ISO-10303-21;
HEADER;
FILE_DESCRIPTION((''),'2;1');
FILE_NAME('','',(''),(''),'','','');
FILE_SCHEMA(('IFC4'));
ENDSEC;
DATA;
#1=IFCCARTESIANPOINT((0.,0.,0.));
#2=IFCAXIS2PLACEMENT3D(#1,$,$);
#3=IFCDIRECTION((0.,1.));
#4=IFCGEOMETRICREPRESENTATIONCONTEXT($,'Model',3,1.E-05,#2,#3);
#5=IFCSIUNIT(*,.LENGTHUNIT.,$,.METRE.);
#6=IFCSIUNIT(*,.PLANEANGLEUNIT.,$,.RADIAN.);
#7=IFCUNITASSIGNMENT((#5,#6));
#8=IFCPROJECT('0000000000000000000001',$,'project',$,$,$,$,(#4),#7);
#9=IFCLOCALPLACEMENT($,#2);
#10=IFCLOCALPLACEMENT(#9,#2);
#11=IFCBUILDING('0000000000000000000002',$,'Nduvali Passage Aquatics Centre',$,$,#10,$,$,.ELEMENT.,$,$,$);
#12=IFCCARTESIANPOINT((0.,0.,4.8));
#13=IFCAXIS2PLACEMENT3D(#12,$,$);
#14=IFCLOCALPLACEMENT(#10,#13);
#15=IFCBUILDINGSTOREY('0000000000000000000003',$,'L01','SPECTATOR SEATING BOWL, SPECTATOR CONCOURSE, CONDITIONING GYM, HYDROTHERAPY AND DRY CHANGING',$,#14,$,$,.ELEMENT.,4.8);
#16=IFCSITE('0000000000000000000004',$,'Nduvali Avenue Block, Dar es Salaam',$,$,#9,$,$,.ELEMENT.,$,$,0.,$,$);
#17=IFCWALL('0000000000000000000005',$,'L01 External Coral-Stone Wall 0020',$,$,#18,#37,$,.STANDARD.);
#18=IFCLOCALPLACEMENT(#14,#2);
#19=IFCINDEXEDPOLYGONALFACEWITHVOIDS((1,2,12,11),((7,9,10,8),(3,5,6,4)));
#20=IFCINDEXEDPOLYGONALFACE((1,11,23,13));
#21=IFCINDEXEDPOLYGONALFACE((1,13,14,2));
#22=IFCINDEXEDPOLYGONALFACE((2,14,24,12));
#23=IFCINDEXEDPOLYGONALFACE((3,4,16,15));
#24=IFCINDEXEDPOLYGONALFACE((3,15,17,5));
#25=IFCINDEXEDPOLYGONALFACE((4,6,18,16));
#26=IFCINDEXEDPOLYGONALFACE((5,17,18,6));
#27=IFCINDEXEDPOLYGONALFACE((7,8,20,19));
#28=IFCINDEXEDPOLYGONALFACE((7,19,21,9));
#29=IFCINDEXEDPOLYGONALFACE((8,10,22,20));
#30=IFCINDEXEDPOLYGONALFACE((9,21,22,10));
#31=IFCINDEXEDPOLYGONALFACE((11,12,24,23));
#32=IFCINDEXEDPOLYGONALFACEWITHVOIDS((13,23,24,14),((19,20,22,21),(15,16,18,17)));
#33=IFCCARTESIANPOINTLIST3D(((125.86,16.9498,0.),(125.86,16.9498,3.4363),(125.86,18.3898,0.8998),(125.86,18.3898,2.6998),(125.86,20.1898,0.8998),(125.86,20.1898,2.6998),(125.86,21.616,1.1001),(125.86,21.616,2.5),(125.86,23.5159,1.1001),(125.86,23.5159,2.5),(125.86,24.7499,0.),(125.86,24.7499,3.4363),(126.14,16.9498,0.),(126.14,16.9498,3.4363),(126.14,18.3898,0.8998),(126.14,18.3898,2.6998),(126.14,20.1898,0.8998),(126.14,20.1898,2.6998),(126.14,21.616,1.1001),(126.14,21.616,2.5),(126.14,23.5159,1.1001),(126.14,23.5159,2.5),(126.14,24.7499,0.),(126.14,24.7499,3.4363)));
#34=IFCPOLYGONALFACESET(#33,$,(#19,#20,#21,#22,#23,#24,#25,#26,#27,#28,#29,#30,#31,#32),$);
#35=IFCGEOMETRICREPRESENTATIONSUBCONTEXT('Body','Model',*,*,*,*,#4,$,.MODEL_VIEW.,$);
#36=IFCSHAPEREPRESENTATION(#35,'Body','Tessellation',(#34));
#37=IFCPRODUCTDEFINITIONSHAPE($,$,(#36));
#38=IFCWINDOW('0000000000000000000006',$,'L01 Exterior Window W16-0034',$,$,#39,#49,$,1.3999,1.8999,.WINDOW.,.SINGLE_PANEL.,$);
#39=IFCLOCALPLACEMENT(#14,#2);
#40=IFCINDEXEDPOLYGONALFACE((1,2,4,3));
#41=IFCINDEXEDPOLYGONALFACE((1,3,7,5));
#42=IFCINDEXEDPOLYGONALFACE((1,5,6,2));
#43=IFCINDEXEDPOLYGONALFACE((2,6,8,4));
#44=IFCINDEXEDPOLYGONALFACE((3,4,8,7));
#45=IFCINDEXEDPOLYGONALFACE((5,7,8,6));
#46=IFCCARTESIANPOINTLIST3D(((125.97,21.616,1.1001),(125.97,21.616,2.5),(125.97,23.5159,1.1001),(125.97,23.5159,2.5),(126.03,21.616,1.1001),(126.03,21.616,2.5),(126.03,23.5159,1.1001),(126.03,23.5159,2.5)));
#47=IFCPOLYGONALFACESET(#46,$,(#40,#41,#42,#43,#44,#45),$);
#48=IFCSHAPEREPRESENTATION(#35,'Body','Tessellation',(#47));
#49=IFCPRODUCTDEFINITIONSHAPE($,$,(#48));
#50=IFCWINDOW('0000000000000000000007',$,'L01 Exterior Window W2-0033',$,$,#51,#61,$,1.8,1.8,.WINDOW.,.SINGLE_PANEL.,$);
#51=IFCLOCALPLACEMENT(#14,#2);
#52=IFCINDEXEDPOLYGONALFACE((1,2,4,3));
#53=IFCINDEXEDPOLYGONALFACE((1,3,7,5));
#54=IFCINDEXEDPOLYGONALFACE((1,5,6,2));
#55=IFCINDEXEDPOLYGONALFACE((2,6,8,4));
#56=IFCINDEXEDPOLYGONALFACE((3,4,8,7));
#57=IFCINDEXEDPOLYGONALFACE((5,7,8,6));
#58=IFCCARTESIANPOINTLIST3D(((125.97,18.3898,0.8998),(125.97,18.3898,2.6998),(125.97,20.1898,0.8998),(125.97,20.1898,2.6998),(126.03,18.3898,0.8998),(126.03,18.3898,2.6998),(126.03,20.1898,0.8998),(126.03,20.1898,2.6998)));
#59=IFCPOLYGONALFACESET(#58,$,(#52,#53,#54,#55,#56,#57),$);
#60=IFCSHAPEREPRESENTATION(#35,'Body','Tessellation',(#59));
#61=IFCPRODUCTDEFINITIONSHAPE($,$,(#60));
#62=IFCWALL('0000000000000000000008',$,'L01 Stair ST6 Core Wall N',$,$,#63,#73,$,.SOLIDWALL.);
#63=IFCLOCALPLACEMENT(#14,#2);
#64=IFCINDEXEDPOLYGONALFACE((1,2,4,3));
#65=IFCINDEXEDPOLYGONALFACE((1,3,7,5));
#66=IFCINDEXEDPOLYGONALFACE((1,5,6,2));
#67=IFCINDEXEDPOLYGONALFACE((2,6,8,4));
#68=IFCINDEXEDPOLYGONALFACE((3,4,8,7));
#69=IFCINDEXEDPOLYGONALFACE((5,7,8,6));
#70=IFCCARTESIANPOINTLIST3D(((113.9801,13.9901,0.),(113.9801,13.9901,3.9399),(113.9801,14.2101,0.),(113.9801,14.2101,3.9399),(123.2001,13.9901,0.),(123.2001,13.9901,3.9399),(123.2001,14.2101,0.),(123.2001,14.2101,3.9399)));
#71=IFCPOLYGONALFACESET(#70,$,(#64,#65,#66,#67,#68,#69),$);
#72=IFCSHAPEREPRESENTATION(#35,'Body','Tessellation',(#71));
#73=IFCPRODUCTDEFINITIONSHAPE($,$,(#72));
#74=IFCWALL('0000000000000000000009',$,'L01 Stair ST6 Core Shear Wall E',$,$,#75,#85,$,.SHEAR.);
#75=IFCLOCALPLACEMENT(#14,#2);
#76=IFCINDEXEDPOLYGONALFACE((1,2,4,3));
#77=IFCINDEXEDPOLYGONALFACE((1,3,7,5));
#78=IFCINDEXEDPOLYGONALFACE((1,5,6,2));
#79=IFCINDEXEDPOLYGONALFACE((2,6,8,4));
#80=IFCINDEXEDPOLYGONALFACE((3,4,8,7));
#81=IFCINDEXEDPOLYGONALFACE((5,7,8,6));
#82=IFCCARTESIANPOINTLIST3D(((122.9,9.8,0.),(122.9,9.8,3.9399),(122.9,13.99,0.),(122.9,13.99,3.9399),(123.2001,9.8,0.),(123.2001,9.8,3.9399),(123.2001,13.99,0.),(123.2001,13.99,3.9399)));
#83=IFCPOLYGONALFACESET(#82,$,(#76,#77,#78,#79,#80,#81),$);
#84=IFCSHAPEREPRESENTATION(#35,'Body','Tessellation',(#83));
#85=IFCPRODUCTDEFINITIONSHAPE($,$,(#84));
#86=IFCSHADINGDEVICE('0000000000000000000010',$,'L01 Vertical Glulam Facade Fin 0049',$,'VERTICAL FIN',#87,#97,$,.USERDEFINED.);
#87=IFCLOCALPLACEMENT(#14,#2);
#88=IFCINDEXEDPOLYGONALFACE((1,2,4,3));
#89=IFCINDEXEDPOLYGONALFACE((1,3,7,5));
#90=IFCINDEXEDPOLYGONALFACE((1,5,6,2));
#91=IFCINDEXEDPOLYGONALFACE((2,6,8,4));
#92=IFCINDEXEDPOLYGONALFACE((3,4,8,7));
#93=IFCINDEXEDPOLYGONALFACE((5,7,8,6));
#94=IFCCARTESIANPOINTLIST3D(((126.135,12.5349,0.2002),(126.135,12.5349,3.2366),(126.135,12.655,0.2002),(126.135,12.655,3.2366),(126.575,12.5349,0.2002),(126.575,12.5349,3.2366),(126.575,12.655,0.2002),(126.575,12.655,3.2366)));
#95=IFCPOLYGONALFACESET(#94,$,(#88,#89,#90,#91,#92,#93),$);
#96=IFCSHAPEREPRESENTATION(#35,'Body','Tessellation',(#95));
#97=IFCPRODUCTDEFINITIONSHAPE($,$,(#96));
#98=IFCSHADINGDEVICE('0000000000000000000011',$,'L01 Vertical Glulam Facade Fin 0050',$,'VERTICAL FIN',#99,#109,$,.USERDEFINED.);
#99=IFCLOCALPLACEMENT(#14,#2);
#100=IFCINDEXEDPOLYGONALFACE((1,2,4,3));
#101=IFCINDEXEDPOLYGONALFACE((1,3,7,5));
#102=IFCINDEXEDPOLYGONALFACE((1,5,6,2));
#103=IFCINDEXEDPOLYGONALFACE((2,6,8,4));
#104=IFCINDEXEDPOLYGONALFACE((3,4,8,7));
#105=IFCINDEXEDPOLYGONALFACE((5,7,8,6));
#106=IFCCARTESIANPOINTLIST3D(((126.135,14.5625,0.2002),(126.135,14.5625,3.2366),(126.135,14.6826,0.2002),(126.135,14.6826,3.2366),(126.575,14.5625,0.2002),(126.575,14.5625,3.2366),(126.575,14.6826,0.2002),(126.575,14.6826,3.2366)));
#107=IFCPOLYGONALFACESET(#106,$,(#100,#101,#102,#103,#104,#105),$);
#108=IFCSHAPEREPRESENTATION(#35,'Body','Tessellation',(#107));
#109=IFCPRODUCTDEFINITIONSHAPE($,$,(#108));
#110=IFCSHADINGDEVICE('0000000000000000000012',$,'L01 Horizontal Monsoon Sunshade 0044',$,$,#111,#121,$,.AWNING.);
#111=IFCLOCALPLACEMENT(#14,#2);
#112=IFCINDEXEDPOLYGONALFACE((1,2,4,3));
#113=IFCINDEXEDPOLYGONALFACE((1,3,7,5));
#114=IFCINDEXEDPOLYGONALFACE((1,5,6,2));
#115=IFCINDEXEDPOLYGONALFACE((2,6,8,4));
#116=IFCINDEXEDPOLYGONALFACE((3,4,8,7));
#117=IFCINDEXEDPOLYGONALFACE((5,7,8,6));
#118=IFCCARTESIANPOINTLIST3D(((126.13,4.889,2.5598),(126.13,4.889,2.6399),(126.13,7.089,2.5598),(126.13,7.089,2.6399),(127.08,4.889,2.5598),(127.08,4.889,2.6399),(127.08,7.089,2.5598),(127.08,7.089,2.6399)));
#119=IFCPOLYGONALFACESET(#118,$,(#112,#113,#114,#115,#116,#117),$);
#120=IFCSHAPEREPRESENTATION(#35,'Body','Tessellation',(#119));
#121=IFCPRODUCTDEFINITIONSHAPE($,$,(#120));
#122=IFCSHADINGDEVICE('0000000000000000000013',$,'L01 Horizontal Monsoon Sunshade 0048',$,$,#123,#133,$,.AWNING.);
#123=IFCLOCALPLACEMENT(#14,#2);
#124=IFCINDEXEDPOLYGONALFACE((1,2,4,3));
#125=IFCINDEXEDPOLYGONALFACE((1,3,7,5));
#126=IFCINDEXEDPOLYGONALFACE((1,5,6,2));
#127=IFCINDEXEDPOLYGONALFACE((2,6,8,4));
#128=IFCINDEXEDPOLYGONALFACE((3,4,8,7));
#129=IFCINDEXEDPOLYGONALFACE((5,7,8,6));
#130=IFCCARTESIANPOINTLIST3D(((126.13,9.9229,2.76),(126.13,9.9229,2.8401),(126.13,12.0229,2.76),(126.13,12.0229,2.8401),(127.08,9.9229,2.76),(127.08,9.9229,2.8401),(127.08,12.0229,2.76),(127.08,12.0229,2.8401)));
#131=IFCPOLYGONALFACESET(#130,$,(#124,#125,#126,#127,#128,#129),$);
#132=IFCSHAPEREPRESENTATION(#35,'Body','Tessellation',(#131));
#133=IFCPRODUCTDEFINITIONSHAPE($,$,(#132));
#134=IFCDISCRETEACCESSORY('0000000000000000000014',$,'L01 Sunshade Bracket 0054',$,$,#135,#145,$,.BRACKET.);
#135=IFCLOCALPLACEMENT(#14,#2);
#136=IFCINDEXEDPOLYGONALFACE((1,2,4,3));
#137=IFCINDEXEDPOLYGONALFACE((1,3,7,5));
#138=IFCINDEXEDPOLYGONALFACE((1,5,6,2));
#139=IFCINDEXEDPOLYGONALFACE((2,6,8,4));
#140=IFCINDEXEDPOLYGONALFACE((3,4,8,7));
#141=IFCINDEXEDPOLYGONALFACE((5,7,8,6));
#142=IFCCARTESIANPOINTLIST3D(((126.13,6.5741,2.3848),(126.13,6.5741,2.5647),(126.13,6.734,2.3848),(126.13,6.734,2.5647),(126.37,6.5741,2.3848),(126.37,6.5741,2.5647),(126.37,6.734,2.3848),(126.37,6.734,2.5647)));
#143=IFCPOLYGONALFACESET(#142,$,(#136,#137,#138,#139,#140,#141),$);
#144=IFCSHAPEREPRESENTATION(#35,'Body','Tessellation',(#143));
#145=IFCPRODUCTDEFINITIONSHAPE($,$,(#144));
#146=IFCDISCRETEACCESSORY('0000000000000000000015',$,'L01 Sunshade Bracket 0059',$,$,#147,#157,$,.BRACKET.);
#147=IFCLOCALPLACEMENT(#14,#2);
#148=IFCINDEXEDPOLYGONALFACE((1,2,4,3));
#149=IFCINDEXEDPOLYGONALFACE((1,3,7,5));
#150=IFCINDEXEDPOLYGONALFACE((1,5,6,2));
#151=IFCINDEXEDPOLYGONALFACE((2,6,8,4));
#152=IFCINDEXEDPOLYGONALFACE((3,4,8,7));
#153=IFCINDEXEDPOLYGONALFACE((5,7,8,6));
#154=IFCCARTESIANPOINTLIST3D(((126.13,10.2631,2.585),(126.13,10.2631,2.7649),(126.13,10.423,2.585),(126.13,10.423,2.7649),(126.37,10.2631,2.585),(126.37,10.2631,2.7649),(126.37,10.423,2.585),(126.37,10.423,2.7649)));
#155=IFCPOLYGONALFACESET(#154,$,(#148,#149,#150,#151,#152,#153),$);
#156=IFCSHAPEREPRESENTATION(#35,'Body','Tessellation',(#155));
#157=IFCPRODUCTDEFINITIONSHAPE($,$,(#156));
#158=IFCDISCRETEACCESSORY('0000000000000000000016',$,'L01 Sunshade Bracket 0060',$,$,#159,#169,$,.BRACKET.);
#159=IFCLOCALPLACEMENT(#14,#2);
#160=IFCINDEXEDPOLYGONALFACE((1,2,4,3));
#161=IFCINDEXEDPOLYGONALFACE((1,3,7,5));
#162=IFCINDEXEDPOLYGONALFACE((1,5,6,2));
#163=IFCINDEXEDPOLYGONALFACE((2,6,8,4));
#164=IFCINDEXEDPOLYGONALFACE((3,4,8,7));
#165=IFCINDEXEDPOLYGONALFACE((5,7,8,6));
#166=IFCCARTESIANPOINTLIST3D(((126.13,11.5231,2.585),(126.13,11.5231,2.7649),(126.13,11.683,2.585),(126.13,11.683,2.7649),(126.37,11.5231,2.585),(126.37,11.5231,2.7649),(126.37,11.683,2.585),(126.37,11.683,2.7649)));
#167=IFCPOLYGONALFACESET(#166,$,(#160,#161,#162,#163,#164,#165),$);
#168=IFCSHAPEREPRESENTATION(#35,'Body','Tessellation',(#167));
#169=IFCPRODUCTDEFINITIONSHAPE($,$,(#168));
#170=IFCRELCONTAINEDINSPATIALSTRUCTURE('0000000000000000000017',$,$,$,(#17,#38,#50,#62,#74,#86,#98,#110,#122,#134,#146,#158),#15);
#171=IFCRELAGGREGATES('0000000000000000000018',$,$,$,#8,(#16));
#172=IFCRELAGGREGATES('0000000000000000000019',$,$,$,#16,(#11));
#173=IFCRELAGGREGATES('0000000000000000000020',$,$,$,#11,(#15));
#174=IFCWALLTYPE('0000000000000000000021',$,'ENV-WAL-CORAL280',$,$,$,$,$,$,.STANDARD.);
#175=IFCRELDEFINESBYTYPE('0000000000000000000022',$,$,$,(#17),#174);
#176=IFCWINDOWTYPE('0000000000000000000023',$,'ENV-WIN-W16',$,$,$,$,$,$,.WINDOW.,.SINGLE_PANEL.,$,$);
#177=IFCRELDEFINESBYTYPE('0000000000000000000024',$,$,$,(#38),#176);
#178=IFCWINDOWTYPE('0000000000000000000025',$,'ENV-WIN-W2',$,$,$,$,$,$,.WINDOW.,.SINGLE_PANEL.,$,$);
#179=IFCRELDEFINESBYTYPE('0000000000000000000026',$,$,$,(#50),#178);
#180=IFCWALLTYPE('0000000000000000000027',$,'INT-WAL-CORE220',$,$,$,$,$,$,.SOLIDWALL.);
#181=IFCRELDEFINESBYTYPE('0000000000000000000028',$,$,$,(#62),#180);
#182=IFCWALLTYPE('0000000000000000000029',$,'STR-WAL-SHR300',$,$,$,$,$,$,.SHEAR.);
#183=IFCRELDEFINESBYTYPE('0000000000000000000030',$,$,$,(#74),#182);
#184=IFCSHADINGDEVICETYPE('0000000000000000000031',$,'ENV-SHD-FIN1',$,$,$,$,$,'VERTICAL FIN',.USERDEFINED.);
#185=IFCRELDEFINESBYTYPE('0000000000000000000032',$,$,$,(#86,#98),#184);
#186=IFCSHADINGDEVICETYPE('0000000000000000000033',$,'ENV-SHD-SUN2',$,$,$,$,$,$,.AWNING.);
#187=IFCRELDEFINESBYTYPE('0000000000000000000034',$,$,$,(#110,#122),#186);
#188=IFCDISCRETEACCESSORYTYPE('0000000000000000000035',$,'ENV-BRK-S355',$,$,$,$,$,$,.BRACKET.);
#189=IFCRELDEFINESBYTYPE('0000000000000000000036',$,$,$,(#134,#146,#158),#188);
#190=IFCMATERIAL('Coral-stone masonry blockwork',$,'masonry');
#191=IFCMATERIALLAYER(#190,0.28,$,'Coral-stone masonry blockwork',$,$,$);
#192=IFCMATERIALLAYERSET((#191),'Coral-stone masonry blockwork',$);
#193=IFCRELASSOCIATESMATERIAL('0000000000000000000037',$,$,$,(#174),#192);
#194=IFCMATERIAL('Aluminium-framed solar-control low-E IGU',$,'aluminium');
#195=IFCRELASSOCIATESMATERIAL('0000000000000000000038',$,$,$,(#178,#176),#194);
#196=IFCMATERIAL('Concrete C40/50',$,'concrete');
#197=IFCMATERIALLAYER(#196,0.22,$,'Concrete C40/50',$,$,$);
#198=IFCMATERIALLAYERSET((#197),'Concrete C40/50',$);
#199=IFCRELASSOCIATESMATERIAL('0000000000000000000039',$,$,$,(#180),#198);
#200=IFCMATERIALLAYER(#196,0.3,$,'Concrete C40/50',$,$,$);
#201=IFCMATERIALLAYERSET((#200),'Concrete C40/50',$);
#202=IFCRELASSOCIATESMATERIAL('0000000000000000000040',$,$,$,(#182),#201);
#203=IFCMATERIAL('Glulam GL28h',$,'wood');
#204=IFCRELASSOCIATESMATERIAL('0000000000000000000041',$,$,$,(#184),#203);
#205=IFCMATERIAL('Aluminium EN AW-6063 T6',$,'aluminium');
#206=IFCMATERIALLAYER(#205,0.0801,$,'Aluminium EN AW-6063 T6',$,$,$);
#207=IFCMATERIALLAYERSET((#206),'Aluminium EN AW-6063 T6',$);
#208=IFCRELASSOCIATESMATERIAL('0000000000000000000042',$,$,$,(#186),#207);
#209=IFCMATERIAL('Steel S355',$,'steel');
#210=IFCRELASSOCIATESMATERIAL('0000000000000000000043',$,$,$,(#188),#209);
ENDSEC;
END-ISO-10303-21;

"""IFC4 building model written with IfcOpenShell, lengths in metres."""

from ifc_helpers import new_model, si_unit, direction, frame, frame_2d, origin, origin_2d, place, context, subcontext, project, spatial, rectangle, extrude, material, layer, layer_set, type_object, element, fill, save


model = new_model("IFC4")

# Units and contexts
model_context = context("Model", 3, precision=1e-05, world=origin(), true_north=direction((0.0, 1.0)))
body_context = subcontext(model_context, "Body", "Model", "MODEL_VIEW")
ifc_project = project(units=[si_unit("LENGTHUNIT", "METRE"), si_unit("PLANEANGLEUNIT", "RADIAN")], contexts=[model_context])

# Site, building, storey
site_placement = place(None, origin())
site = spatial("IfcSite", under=ifc_project, at=site_placement, Name="Nduvali Avenue Block, Dar es Salaam", CompositionType="ELEMENT", RefElevation=0.0)
building_placement = place(site_placement, origin())
building = spatial("IfcBuilding", under=site, at=building_placement, Name="Nduvali Passage Aquatics Centre", CompositionType="ELEMENT")
storey_placement = place(building_placement, frame((0.0, 0.0, 4.8)))
storey = spatial("IfcBuildingStorey", under=building, at=storey_placement, Name="L01", Description="SPECTATOR SEATING BOWL, SPECTATOR CONCOURSE, CONDITIONING GYM, HYDROTHERAPY AND DRY CHANGING", CompositionType="ELEMENT", Elevation=4.8)

# Shared definitions
ifc_material_1 = material(Name="Steel S355", Category="steel")

# Shared definitions
ifc_material_2 = material(Name="Coral-stone masonry blockwork", Category="masonry")
ifc_layer_1 = layer(ifc_material_2, 0.28, Name="Coral-stone masonry blockwork")
ifc_layer_set_1 = layer_set([ifc_layer_1], Name="Coral-stone masonry blockwork")
wall_type_1 = type_object("IfcWallType", Name="ENV-WAL-CORAL280", PredefinedType="STANDARD", material=ifc_layer_set_1)
ifc_material_3 = material(Name="Aluminium-framed solar-control low-E IGU", Category="aluminium")
window_type_1 = type_object("IfcWindowType", Name="ENV-WIN-W2", PartitioningType="SINGLE_PANEL", PredefinedType="WINDOW", material=ifc_material_3)

# Wall, openings, windows
wall_1_placement = place(storey_placement, frame((126.0, 16.95, 0.0), z_axis=(0.0, 0.0, 1.0), x_axis=(0.0, 1.0, 0.0)))
wall_1 = element("IfcWall", 1, at=wall_1_placement, inside=storey, type_object=wall_type_1, Name="L01 External Coral-Stone Wall 0020", PredefinedType="STANDARD", context=body_context, shape_type="SweptSolid", body=[
    extrude(rectangle(XDim=7.8, YDim=0.28, at=frame_2d((3.8999, 0.0))), origin(), (0.0, 0.0, 1.0), 3.4363),
])
opening_1_placement = place(wall_1_placement, frame((1.4399, 0.0, 0.8999)))
opening_1 = element("IfcOpeningElement", 2, at=opening_1_placement, cuts=wall_1, PredefinedType="OPENING", context=body_context, shape_type="SweptSolid", body=[
    extrude(rectangle(XDim=1.8, YDim=1.8, at=frame_2d((0.8999, 0.8999))), frame((0.0, 0.1548, 0.0), z_axis=(0.0, -1.0, 0.0), x_axis=(1.0, 0.0, 0.0)), (0.0, 0.0, 1.0), 0.3098),
])
opening_2_placement = place(wall_1_placement, frame((4.666, 0.0, 1.1001)))
opening_2 = element("IfcOpeningElement", 3, at=opening_2_placement, cuts=wall_1, PredefinedType="OPENING", context=body_context, shape_type="SweptSolid", body=[
    extrude(rectangle(XDim=1.8999, YDim=1.3999, at=frame_2d((0.95, 0.7))), frame((0.0, 0.1548, 0.0), z_axis=(0.0, -1.0, 0.0), x_axis=(1.0, 0.0, 0.0)), (0.0, 0.0, 1.0), 0.3098),
])
window_type_2 = type_object("IfcWindowType", Name="ENV-WIN-W16", PartitioningType="SINGLE_PANEL", PredefinedType="WINDOW", material=ifc_material_3)
window_1_placement = place(opening_2_placement, origin())
window_1 = element("IfcWindow", 4, at=window_1_placement, inside=storey, type_object=window_type_2, Name="L01 Exterior Window W16-0034", OverallHeight=1.3999, OverallWidth=1.8999, PartitioningType="SINGLE_PANEL", PredefinedType="WINDOW", context=body_context, shape_type="SweptSolid", body=[
    extrude(rectangle(XDim=1.8999, YDim=1.3999, at=frame_2d((0.95, 0.7))), frame((0.0, 0.03, 0.0), z_axis=(0.0, -1.0, 0.0), x_axis=(1.0, 0.0, 0.0)), (0.0, 0.0, 1.0), 0.0601),
])
fill(opening_2, window_1)
window_2_placement = place(opening_1_placement, origin())
window_2 = element("IfcWindow", 5, at=window_2_placement, inside=storey, type_object=window_type_1, Name="L01 Exterior Window W2-0033", OverallHeight=1.8, OverallWidth=1.8, PartitioningType="SINGLE_PANEL", PredefinedType="WINDOW", context=body_context, shape_type="SweptSolid", body=[
    extrude(rectangle(XDim=1.8, YDim=1.8, at=frame_2d((0.8999, 0.8999))), frame((0.0, 0.03, 0.0), z_axis=(0.0, -1.0, 0.0), x_axis=(1.0, 0.0, 0.0)), (0.0, 0.0, 1.0), 0.0601),
])
fill(opening_1, window_2)

# Walls
ifc_material_4 = material(Name="Concrete C40/50", Category="concrete")
ifc_layer_2 = layer(ifc_material_4, 0.22, Name="Concrete C40/50")
ifc_layer_set_2 = layer_set([ifc_layer_2], Name="Concrete C40/50")
wall_type_2 = type_object("IfcWallType", Name="INT-WAL-CORE220", PredefinedType="SOLIDWALL", material=ifc_layer_set_2)
wall_2_placement = place(storey_placement, frame((123.2, 14.1001, 0.0), z_axis=(0.0, 0.0, 1.0), x_axis=(-1.0, 0.0, 0.0)))
element("IfcWall", 6, at=wall_2_placement, inside=storey, type_object=wall_type_2, Name="L01 Stair ST6 Core Wall N", PredefinedType="SOLIDWALL", context=body_context, shape_type="SweptSolid", body=[
    extrude(rectangle(XDim=9.22, YDim=0.22, at=frame_2d((4.6099, 0.0))), origin(), (0.0, 0.0, 1.0), 3.9399),
])
ifc_layer_3 = layer(ifc_material_4, 0.3, Name="Concrete C40/50")
ifc_layer_set_3 = layer_set([ifc_layer_3], Name="Concrete C40/50")
wall_type_3 = type_object("IfcWallType", Name="STR-WAL-SHR300", PredefinedType="SHEAR", material=ifc_layer_set_3)
wall_3_placement = place(storey_placement, frame((123.05, 9.8, 0.0), z_axis=(0.0, 0.0, 1.0), x_axis=(0.0, 1.0, 0.0)))
element("IfcWall", 7, at=wall_3_placement, inside=storey, type_object=wall_type_3, Name="L01 Stair ST6 Core Shear Wall E", PredefinedType="SHEAR", context=body_context, shape_type="SweptSolid", body=[
    extrude(rectangle(XDim=4.1899, YDim=0.3, at=frame_2d((2.095, 0.0))), origin(), (0.0, 0.0, 1.0), 3.9399),
])

# Shading devices
ifc_material_5 = material(Name="Glulam GL28h", Category="wood")
shading_device_type_1 = type_object("IfcShadingDeviceType", Name="ENV-SHD-FIN1", ElementType="VERTICAL FIN", PredefinedType="USERDEFINED", material=ifc_material_5)
for number, where, z_axis, x_axis, name in (
    (8, (126.355, 12.595, 0.2002), (0.0, 0.0, 1.0), (0.0, 1.0, 0.0), "L01 Vertical Glulam Facade Fin 0049"),
    (9, (126.355, 14.6226, 0.2002), (0.0, 0.0, 1.0), (0.0, 1.0, 0.0), "L01 Vertical Glulam Facade Fin 0050"),
):
    element("IfcShadingDevice", number, at=place(storey_placement, frame(where, z_axis=z_axis, x_axis=x_axis)), inside=storey, type_object=shading_device_type_1, Name=name, ObjectType="VERTICAL FIN", PredefinedType="USERDEFINED", context=body_context, shape_type="SweptSolid", body=[
        extrude(rectangle(XDim=0.1201, YDim=0.4399, at=origin_2d()), origin(), (0.0, 0.0, 1.0), 3.0364),
    ])
ifc_material_6 = material(Name="Aluminium EN AW-6063 T6", Category="aluminium")
ifc_layer_4 = layer(ifc_material_6, 0.0801, Name="Aluminium EN AW-6063 T6")
ifc_layer_set_4 = layer_set([ifc_layer_4], Name="Aluminium EN AW-6063 T6")
shading_device_type_2 = type_object("IfcShadingDeviceType", Name="ENV-SHD-SUN2", PredefinedType="AWNING", material=ifc_layer_set_4)
shading_device_1_placement = place(storey_placement, frame((126.605, 5.989, 2.5598), z_axis=(0.0, 0.0, 1.0), x_axis=(0.0, 1.0, 0.0)))
element("IfcShadingDevice", 10, at=shading_device_1_placement, inside=storey, type_object=shading_device_type_2, Name="L01 Horizontal Monsoon Sunshade 0044", PredefinedType="AWNING", context=body_context, shape_type="SweptSolid", body=[
    extrude(rectangle(XDim=2.2, YDim=0.95, at=origin_2d()), origin(), (0.0, 0.0, 1.0), 0.0801),
])
shading_device_2_placement = place(storey_placement, frame((126.605, 10.9729, 2.76), z_axis=(0.0, 0.0, 1.0), x_axis=(0.0, 1.0, 0.0)))
element("IfcShadingDevice", 11, at=shading_device_2_placement, inside=storey, type_object=shading_device_type_2, Name="L01 Horizontal Monsoon Sunshade 0048", PredefinedType="AWNING", context=body_context, shape_type="SweptSolid", body=[
    extrude(rectangle(XDim=2.1001, YDim=0.95, at=origin_2d()), origin(), (0.0, 0.0, 1.0), 0.0801),
])

# Discrete accessories
discrete_accessory_type = type_object("IfcDiscreteAccessoryType", Name="ENV-BRK-S355", PredefinedType="BRACKET", material=ifc_material_1)
for number, where, z_axis, x_axis, name in (
    (12, (126.25, 6.6541, 2.3848), (0.0, 0.0, 1.0), (0.0, 1.0, 0.0), "L01 Sunshade Bracket 0054"),
    (13, (126.25, 10.343, 2.585), (0.0, 0.0, 1.0), (0.0, 1.0, 0.0), "L01 Sunshade Bracket 0059"),
    (14, (126.25, 11.603, 2.585), (0.0, 0.0, 1.0), (0.0, 1.0, 0.0), "L01 Sunshade Bracket 0060"),
):
    element("IfcDiscreteAccessory", number, at=place(storey_placement, frame(where, z_axis=z_axis, x_axis=x_axis)), inside=storey, type_object=discrete_accessory_type, Name=name, PredefinedType="BRACKET", context=body_context, shape_type="SweptSolid", body=[
        extrude(rectangle(XDim=0.1599, YDim=0.24, at=origin_2d()), origin(), (0.0, 0.0, 1.0), 0.1799),
    ])

save(model, "model.ifc")
